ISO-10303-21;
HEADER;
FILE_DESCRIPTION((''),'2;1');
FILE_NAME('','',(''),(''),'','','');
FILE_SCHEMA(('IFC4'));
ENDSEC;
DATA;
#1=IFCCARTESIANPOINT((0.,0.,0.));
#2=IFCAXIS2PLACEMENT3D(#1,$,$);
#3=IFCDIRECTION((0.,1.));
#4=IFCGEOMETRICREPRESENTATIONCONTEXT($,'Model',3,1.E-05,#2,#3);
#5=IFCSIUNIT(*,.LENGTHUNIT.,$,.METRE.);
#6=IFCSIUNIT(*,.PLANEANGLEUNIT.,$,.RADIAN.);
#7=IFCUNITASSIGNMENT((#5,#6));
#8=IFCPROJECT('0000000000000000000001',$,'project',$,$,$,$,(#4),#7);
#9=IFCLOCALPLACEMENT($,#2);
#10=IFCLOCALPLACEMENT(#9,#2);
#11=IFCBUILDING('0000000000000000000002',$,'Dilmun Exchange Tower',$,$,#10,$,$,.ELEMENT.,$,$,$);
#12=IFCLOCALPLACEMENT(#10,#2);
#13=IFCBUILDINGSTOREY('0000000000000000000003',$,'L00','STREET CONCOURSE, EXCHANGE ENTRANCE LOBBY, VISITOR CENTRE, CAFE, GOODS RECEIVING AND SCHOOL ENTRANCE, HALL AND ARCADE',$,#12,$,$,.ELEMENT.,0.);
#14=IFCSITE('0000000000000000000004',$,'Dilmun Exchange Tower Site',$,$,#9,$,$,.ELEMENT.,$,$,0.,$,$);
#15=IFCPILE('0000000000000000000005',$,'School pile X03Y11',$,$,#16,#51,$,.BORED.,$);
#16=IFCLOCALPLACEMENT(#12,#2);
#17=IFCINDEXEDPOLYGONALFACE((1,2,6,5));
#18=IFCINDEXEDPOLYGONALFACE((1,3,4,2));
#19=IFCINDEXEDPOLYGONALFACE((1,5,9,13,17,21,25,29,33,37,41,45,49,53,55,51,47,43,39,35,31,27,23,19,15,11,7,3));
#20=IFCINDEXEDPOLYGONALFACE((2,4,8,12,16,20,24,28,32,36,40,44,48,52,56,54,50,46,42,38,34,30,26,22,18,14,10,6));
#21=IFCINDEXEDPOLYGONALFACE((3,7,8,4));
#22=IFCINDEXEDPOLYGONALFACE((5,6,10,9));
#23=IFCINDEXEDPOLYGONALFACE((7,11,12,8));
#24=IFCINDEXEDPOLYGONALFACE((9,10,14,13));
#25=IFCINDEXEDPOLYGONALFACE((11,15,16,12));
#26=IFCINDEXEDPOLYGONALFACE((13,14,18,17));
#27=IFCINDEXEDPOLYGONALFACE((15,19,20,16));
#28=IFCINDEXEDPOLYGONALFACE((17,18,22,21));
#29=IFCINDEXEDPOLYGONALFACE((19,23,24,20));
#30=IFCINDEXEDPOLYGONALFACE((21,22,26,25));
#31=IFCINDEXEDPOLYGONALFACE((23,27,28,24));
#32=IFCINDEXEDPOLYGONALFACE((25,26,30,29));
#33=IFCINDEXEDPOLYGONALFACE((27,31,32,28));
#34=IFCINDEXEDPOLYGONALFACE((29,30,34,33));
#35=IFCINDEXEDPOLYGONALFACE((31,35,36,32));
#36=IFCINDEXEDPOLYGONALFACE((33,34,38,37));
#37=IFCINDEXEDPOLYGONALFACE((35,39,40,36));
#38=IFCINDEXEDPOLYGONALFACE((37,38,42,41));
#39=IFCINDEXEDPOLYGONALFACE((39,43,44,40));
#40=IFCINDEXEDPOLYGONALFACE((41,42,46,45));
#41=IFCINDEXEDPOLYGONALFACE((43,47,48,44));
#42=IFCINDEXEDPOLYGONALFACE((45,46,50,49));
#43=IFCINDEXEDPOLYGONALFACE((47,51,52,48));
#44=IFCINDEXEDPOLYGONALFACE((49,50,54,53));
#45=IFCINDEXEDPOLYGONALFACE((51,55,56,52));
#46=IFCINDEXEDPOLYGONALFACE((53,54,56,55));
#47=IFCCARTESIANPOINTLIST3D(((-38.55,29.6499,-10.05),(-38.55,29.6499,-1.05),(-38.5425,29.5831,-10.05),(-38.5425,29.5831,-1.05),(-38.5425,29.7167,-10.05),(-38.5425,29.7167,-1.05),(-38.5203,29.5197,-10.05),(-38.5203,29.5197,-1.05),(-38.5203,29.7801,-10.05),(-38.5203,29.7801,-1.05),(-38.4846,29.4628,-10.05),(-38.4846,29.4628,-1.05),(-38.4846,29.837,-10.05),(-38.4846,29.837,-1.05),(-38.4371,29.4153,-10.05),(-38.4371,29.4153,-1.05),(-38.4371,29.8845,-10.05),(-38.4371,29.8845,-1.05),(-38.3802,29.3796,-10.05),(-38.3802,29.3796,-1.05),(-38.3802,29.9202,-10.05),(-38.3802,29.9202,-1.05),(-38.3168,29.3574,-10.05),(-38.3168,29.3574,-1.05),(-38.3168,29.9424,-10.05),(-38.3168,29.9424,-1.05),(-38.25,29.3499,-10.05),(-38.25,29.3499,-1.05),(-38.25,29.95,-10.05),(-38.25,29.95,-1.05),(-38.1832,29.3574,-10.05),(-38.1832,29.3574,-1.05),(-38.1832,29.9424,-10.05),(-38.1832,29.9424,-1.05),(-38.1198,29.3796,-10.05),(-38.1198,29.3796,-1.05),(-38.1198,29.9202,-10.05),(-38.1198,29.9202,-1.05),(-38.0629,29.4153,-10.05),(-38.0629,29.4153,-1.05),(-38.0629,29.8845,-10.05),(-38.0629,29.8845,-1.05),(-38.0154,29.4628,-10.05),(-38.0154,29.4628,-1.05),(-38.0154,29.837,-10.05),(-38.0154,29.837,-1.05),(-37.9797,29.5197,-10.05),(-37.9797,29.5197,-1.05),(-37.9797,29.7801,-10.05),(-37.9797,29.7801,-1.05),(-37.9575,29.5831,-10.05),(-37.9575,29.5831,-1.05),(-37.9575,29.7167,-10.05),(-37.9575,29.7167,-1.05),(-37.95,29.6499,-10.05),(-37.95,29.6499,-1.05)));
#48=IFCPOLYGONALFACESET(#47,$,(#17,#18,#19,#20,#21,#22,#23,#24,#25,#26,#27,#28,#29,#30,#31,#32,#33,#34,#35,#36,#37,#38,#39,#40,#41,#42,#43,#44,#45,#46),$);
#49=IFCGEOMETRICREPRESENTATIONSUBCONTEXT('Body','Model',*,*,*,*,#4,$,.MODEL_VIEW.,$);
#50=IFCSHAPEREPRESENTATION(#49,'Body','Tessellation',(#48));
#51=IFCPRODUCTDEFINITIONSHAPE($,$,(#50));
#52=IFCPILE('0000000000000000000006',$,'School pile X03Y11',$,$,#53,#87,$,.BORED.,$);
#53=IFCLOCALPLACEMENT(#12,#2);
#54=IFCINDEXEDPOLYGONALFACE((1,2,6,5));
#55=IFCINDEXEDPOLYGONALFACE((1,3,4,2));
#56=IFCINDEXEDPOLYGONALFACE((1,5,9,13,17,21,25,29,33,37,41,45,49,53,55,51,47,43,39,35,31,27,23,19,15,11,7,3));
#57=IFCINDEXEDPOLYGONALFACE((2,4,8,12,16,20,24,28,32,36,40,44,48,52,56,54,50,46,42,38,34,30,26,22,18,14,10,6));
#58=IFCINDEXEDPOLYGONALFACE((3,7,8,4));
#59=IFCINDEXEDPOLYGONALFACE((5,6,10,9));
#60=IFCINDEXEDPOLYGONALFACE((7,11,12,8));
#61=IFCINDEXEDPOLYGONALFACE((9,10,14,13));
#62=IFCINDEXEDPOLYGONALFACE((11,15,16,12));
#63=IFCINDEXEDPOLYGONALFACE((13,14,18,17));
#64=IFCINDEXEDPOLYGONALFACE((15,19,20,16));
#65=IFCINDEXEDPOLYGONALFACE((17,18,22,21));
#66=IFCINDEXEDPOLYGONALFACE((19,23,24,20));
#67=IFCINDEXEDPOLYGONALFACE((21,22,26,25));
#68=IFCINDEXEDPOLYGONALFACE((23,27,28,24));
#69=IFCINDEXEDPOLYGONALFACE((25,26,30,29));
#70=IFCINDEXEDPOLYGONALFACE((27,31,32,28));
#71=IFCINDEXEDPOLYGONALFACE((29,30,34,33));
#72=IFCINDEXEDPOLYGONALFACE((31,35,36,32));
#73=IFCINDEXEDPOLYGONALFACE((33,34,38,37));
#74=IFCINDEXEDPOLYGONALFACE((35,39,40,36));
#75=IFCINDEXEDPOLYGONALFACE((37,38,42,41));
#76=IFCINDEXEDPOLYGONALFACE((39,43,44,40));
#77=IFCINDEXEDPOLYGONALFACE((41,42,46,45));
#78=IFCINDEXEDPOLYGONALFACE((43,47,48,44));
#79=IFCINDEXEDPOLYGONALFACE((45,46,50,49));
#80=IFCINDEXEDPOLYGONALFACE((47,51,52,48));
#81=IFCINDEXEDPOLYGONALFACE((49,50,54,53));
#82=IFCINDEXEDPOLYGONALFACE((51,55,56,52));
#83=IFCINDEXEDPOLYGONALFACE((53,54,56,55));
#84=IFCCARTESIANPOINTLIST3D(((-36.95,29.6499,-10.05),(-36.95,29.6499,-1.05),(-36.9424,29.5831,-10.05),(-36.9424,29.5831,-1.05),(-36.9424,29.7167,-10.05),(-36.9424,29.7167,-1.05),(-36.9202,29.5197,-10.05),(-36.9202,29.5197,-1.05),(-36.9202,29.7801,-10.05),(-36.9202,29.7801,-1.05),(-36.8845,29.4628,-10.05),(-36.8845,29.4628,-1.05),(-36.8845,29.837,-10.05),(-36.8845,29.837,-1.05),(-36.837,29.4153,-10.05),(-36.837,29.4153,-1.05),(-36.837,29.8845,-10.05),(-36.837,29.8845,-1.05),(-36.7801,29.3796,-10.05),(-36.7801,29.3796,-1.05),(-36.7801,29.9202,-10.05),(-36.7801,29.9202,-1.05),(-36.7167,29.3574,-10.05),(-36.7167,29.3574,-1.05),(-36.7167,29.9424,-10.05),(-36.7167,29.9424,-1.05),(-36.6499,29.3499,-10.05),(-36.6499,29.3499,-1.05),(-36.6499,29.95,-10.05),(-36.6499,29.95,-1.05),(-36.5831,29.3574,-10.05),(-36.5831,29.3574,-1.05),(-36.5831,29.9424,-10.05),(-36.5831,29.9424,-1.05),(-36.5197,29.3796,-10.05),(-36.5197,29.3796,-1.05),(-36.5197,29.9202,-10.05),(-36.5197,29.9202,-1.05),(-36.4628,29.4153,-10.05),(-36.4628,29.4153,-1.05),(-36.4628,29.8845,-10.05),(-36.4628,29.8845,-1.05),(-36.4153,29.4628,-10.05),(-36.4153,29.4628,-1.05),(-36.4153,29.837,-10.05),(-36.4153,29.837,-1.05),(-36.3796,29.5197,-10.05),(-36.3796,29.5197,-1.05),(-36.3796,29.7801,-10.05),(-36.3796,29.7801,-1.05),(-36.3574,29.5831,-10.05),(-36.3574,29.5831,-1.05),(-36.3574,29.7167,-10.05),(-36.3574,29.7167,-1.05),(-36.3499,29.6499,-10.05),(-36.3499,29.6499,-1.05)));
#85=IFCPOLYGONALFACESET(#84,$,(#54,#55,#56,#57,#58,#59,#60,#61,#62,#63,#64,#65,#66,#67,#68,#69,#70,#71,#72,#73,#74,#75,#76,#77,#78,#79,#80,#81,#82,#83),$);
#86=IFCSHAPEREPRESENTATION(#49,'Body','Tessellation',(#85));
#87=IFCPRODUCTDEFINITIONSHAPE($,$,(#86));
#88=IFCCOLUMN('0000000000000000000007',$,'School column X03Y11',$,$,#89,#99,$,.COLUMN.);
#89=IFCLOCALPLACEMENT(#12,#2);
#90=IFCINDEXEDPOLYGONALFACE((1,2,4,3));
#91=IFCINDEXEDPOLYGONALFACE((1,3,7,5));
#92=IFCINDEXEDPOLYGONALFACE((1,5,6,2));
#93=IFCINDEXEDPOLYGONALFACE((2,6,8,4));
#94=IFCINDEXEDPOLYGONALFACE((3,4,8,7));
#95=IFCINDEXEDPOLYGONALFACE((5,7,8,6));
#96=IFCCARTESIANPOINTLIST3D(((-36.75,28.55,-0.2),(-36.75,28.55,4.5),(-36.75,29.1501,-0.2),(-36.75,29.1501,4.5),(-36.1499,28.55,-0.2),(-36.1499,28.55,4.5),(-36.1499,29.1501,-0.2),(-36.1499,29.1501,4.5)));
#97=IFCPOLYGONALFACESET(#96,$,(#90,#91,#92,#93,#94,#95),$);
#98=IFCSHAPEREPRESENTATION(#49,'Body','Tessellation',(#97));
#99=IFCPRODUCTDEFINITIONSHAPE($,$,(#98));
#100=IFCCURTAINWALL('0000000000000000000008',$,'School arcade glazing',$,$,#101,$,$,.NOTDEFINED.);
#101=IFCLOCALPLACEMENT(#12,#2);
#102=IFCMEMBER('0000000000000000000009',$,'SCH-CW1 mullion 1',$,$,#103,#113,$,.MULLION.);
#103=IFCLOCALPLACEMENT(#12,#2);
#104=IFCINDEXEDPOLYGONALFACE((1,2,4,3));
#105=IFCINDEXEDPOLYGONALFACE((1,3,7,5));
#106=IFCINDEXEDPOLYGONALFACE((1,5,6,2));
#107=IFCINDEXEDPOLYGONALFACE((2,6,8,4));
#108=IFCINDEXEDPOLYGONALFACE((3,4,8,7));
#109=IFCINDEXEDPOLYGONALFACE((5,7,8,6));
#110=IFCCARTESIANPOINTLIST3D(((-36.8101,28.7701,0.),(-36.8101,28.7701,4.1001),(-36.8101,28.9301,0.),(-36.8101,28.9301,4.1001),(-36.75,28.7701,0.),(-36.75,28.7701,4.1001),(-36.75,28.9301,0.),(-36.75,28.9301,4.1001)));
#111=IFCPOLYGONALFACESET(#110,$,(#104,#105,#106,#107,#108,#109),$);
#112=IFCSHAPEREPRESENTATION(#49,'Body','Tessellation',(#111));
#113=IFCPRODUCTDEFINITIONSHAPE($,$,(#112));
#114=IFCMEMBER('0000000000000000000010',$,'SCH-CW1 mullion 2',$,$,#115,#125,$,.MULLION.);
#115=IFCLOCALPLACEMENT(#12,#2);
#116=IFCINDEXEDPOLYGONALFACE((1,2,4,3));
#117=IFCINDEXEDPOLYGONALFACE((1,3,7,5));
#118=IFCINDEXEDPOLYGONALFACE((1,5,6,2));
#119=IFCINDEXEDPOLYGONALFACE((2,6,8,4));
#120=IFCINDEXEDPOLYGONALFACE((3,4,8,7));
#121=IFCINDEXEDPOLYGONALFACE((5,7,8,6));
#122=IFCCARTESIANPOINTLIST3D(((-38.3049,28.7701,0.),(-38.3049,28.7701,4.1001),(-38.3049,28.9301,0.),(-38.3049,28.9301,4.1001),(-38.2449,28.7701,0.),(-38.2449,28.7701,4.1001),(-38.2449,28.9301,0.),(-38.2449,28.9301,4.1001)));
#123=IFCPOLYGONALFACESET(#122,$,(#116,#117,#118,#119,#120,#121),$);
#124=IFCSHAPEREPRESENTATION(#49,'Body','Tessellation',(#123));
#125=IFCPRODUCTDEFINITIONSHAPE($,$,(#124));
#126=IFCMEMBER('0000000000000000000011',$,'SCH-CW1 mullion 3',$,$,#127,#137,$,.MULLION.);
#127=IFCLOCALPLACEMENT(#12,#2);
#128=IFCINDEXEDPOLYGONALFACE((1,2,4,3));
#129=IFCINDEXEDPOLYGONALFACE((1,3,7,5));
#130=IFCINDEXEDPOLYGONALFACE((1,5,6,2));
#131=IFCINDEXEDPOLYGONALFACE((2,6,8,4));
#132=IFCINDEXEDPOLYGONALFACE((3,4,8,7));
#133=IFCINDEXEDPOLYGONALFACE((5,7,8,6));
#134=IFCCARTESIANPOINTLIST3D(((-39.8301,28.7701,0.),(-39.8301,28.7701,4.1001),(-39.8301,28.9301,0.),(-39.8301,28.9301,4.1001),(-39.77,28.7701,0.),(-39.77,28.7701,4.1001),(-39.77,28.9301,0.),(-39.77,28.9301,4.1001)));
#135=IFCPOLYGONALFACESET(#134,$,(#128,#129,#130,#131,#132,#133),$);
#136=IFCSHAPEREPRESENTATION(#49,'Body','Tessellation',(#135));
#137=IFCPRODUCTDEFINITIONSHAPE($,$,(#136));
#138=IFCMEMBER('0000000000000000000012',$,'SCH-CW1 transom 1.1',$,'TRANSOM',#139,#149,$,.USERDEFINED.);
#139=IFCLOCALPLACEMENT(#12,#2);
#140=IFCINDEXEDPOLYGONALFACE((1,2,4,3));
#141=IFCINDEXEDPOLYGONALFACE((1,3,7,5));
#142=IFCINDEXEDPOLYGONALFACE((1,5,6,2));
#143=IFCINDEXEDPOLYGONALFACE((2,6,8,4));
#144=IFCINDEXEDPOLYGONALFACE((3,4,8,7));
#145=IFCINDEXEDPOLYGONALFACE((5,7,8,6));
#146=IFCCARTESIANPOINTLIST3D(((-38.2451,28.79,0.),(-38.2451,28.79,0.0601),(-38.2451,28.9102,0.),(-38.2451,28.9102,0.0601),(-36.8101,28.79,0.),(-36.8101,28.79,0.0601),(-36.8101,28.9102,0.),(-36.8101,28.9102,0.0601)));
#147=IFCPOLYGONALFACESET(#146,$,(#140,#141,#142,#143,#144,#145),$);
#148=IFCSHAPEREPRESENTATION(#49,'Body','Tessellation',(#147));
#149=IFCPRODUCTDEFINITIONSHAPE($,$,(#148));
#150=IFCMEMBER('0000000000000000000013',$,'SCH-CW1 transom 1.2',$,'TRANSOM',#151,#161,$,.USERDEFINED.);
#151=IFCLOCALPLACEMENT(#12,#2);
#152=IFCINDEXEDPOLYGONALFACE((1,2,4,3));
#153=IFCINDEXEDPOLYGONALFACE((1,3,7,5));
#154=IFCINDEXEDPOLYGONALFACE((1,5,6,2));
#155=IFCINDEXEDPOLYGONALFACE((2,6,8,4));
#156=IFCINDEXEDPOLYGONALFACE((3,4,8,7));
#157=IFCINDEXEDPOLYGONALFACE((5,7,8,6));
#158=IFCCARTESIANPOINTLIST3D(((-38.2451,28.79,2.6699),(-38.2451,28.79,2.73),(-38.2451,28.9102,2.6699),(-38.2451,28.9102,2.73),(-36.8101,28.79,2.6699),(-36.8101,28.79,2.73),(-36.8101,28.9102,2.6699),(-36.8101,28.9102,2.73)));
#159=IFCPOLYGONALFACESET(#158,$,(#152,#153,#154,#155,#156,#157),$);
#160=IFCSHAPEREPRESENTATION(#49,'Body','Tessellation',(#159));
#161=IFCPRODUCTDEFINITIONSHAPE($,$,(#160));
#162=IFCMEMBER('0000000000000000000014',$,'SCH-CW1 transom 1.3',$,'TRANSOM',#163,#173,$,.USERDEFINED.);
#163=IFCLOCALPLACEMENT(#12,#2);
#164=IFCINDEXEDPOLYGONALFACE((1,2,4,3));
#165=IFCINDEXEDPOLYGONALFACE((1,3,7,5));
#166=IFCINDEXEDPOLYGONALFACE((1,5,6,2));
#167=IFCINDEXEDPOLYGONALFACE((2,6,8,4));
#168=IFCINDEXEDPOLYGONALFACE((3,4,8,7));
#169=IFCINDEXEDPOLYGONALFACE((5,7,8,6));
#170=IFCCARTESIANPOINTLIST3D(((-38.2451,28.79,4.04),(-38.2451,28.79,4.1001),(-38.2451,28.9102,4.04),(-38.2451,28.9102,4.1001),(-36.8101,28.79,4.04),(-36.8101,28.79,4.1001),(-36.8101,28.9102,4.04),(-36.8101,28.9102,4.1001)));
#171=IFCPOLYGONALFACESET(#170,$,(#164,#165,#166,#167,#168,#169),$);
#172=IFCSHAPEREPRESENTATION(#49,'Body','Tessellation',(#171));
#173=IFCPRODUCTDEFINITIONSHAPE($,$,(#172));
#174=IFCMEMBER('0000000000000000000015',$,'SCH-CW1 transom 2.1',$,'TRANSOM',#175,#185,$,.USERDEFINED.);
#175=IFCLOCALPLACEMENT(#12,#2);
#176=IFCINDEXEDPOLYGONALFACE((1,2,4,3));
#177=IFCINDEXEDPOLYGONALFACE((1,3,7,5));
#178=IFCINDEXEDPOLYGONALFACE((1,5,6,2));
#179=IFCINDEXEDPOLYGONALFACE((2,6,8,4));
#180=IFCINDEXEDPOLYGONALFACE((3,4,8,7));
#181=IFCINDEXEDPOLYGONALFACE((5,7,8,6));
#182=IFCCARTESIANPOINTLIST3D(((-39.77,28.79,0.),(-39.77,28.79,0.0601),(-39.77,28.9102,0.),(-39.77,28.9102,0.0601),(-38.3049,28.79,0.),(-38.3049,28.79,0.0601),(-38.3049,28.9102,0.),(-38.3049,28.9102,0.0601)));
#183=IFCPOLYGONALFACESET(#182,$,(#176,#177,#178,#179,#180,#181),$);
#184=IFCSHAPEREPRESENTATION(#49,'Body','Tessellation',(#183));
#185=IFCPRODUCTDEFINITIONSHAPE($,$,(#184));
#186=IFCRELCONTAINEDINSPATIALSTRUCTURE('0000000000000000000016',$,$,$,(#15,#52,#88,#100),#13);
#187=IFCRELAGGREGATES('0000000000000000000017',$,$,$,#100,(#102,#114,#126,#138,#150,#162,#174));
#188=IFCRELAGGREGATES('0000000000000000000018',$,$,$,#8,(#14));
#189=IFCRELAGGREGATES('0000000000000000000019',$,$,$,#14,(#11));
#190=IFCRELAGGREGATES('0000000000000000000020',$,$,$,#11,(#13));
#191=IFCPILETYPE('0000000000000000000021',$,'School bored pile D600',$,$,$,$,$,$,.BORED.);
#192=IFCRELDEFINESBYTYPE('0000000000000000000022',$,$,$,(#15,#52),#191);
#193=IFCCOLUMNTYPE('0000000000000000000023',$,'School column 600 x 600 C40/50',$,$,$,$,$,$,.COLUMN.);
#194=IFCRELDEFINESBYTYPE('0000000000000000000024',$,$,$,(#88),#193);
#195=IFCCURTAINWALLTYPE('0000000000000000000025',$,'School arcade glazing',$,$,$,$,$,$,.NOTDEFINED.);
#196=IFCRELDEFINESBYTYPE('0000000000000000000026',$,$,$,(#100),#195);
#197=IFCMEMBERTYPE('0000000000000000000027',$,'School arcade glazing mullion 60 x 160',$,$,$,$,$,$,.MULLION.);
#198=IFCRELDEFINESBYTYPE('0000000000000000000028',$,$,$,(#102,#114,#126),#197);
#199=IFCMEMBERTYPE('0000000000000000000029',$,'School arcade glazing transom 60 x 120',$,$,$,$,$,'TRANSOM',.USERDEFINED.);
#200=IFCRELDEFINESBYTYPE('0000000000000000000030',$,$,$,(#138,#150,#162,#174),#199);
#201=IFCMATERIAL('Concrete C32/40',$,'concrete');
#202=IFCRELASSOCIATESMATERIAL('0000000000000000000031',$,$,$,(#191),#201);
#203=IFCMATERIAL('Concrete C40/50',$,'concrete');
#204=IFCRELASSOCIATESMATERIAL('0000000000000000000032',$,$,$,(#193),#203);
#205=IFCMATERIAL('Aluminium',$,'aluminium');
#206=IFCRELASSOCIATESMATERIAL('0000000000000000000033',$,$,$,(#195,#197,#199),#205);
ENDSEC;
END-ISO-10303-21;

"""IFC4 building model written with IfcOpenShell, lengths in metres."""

from ifc_helpers import new_model, si_unit, direction, frame, origin, origin_2d, place, context, subcontext, project, spatial, rectangle, circle, extrude, material, material_profile, profile_set, type_object, element, aggregate, save


model = new_model("IFC4")

# Units and contexts
model_context = context("Model", 3, precision=1e-05, world=origin(), true_north=direction((0.0, 1.0)))
body_context = subcontext(model_context, "Body", "Model", "MODEL_VIEW")
ifc_project = project(units=[si_unit("LENGTHUNIT", "METRE"), si_unit("PLANEANGLEUNIT", "RADIAN")], contexts=[model_context])

# Site, building, storey
site_placement = place(None, origin())
site = spatial("IfcSite", under=ifc_project, at=site_placement, Name="Dilmun Exchange Tower Site", CompositionType="ELEMENT", RefElevation=0.0)
building_placement = place(site_placement, origin())
building = spatial("IfcBuilding", under=site, at=building_placement, Name="Dilmun Exchange Tower", CompositionType="ELEMENT")
storey_placement = place(building_placement, origin())
storey = spatial("IfcBuildingStorey", under=building, at=storey_placement, Name="L00", Description="STREET CONCOURSE, EXCHANGE ENTRANCE LOBBY, VISITOR CENTRE, CAFE, GOODS RECEIVING AND SCHOOL ENTRANCE, HALL AND ARCADE", CompositionType="ELEMENT", Elevation=0.0)

# Piles
ifc_material_1 = material(Name="Concrete C32/40", Category="concrete")
ifc_material_profile_1 = material_profile(ifc_material_1, circle(Radius=0.3, at=origin_2d()), Name="D600")
ifc_profile_set_1 = profile_set([ifc_material_profile_1], Name="Concrete C32/40")
pile_type = type_object("IfcPileType", Name="School bored pile D600", PredefinedType="BORED", material=ifc_profile_set_1)
for number, where, z_axis, x_axis, name in (
    (1, (-38.25, 29.6499, -1.05), (0.0, 0.0, -1.0), (1.0, 0.0, 0.0), "School pile X03Y11"),
    (2, (-36.6499, 29.6499, -1.05), (0.0, 0.0, -1.0), (1.0, 0.0, 0.0), "School pile X03Y11"),
):
    element("IfcPile", number, at=place(storey_placement, frame(where, z_axis=z_axis, x_axis=x_axis)), inside=storey, type_object=pile_type, Name=name, PredefinedType="BORED", context=body_context, shape_type="SweptSolid", body=[
        extrude(circle(Radius=0.3, at=origin_2d()), origin(), (0.0, 0.0, 1.0), 9.0),
    ])

# Column
ifc_material_2 = material(Name="Concrete C40/50", Category="concrete")
ifc_material_profile_2 = material_profile(ifc_material_2, rectangle(XDim=0.6001, YDim=0.6001, at=origin_2d()), Name="600 x 600")
ifc_profile_set_2 = profile_set([ifc_material_profile_2], Name="Concrete C40/50")
column_type = type_object("IfcColumnType", Name="School column 600 x 600 C40/50", PredefinedType="COLUMN", material=ifc_profile_set_2)
column_placement = place(storey_placement, frame((-36.45, 28.8501, -0.2), z_axis=(0.0, 0.0, 1.0), x_axis=(1.0, 0.0, 0.0)))
element("IfcColumn", 3, at=column_placement, inside=storey, type_object=column_type, Name="School column X03Y11", PredefinedType="COLUMN", context=body_context, shape_type="SweptSolid", body=[
    extrude(rectangle(XDim=0.6001, YDim=0.6001, at=origin_2d()), origin(), (0.0, 0.0, 1.0), 4.7),
])

# Curtain wall, members
ifc_material_3 = material(Name="Aluminium", Category="aluminium")
curtain_wall_type = type_object("IfcCurtainWallType", Name="School arcade glazing", PredefinedType="NOTDEFINED", material=ifc_material_3)
curtain_wall_placement = place(storey_placement, origin())
curtain_wall = element("IfcCurtainWall", 4, at=curtain_wall_placement, inside=storey, type_object=curtain_wall_type, Name="School arcade glazing", PredefinedType="NOTDEFINED")
ifc_material_profile_3 = material_profile(ifc_material_3, rectangle(XDim=0.1599, YDim=0.0601, at=origin_2d()), Name="60 x 160")
ifc_profile_set_3 = profile_set([ifc_material_profile_3], Name="Aluminium")
member_type_1 = type_object("IfcMemberType", Name="School arcade glazing mullion 60 x 160", PredefinedType="MULLION", material=ifc_profile_set_3)
member_1_placement = place(storey_placement, frame((-36.78, 28.8501, 0.0), z_axis=(0.0, 0.0, 1.0), x_axis=(0.0, -1.0, 0.0)))
member_1 = element("IfcMember", 5, at=member_1_placement, type_object=member_type_1, Name="SCH-CW1 mullion 1", PredefinedType="MULLION", context=body_context, shape_type="SweptSolid", body=[
    extrude(rectangle(XDim=0.1599, YDim=0.0601, at=origin_2d()), origin(), (0.0, 0.0, 1.0), 4.1001),
])
member_2_placement = place(storey_placement, frame((-38.2749, 28.8501, 0.0), z_axis=(0.0, 0.0, 1.0), x_axis=(0.0, -1.0, 0.0)))
member_2 = element("IfcMember", 6, at=member_2_placement, type_object=member_type_1, Name="SCH-CW1 mullion 2", PredefinedType="MULLION", context=body_context, shape_type="SweptSolid", body=[
    extrude(rectangle(XDim=0.1599, YDim=0.0601, at=origin_2d()), origin(), (0.0, 0.0, 1.0), 4.1001),
])
member_3_placement = place(storey_placement, frame((-39.8, 28.8501, 0.0), z_axis=(0.0, 0.0, 1.0), x_axis=(0.0, -1.0, 0.0)))
member_3 = element("IfcMember", 7, at=member_3_placement, type_object=member_type_1, Name="SCH-CW1 mullion 3", PredefinedType="MULLION", context=body_context, shape_type="SweptSolid", body=[
    extrude(rectangle(XDim=0.1599, YDim=0.0601, at=origin_2d()), origin(), (0.0, 0.0, 1.0), 4.1001),
])
ifc_material_profile_4 = material_profile(ifc_material_3, rectangle(XDim=0.1201, YDim=0.0601, at=origin_2d()), Name="60 x 120")
ifc_profile_set_4 = profile_set([ifc_material_profile_4], Name="Aluminium")
member_type_2 = type_object("IfcMemberType", Name="School arcade glazing transom 60 x 120", ElementType="TRANSOM", PredefinedType="USERDEFINED", material=ifc_profile_set_4)
member_4_placement = place(storey_placement, frame((-36.8101, 28.8501, 0.03), z_axis=(-1.0, 0.0, 0.0), x_axis=(0.0, -1.0, 0.0)))
member_4 = element("IfcMember", 8, at=member_4_placement, type_object=member_type_2, Name="SCH-CW1 transom 1.1", ObjectType="TRANSOM", PredefinedType="USERDEFINED", context=body_context, shape_type="SweptSolid", body=[
    extrude(rectangle(XDim=0.1201, YDim=0.0601, at=origin_2d()), origin(), (0.0, 0.0, 1.0), 1.4351),
])
member_5_placement = place(storey_placement, frame((-36.8101, 28.8501, 2.7), z_axis=(-1.0, 0.0, 0.0), x_axis=(0.0, -1.0, 0.0)))
member_5 = element("IfcMember", 9, at=member_5_placement, type_object=member_type_2, Name="SCH-CW1 transom 1.2", ObjectType="TRANSOM", PredefinedType="USERDEFINED", context=body_context, shape_type="SweptSolid", body=[
    extrude(rectangle(XDim=0.1201, YDim=0.0601, at=origin_2d()), origin(), (0.0, 0.0, 1.0), 1.4351),
])
member_6_placement = place(storey_placement, frame((-36.8101, 28.8501, 4.0701), z_axis=(-1.0, 0.0, 0.0), x_axis=(0.0, -1.0, 0.0)))
member_6 = element("IfcMember", 10, at=member_6_placement, type_object=member_type_2, Name="SCH-CW1 transom 1.3", ObjectType="TRANSOM", PredefinedType="USERDEFINED", context=body_context, shape_type="SweptSolid", body=[
    extrude(rectangle(XDim=0.1201, YDim=0.0601, at=origin_2d()), origin(), (0.0, 0.0, 1.0), 1.4351),
])
member_7_placement = place(storey_placement, frame((-38.3049, 28.8501, 0.03), z_axis=(-1.0, 0.0, 0.0), x_axis=(0.0, -1.0, 0.0)))
member_7 = element("IfcMember", 11, at=member_7_placement, type_object=member_type_2, Name="SCH-CW1 transom 2.1", ObjectType="TRANSOM", PredefinedType="USERDEFINED", context=body_context, shape_type="SweptSolid", body=[
    extrude(rectangle(XDim=0.1201, YDim=0.0601, at=origin_2d()), origin(), (0.0, 0.0, 1.0), 1.4651),
])
aggregate(curtain_wall, [member_1, member_2, member_3, member_4, member_5, member_6, member_7])

save(model, "model.ifc")
